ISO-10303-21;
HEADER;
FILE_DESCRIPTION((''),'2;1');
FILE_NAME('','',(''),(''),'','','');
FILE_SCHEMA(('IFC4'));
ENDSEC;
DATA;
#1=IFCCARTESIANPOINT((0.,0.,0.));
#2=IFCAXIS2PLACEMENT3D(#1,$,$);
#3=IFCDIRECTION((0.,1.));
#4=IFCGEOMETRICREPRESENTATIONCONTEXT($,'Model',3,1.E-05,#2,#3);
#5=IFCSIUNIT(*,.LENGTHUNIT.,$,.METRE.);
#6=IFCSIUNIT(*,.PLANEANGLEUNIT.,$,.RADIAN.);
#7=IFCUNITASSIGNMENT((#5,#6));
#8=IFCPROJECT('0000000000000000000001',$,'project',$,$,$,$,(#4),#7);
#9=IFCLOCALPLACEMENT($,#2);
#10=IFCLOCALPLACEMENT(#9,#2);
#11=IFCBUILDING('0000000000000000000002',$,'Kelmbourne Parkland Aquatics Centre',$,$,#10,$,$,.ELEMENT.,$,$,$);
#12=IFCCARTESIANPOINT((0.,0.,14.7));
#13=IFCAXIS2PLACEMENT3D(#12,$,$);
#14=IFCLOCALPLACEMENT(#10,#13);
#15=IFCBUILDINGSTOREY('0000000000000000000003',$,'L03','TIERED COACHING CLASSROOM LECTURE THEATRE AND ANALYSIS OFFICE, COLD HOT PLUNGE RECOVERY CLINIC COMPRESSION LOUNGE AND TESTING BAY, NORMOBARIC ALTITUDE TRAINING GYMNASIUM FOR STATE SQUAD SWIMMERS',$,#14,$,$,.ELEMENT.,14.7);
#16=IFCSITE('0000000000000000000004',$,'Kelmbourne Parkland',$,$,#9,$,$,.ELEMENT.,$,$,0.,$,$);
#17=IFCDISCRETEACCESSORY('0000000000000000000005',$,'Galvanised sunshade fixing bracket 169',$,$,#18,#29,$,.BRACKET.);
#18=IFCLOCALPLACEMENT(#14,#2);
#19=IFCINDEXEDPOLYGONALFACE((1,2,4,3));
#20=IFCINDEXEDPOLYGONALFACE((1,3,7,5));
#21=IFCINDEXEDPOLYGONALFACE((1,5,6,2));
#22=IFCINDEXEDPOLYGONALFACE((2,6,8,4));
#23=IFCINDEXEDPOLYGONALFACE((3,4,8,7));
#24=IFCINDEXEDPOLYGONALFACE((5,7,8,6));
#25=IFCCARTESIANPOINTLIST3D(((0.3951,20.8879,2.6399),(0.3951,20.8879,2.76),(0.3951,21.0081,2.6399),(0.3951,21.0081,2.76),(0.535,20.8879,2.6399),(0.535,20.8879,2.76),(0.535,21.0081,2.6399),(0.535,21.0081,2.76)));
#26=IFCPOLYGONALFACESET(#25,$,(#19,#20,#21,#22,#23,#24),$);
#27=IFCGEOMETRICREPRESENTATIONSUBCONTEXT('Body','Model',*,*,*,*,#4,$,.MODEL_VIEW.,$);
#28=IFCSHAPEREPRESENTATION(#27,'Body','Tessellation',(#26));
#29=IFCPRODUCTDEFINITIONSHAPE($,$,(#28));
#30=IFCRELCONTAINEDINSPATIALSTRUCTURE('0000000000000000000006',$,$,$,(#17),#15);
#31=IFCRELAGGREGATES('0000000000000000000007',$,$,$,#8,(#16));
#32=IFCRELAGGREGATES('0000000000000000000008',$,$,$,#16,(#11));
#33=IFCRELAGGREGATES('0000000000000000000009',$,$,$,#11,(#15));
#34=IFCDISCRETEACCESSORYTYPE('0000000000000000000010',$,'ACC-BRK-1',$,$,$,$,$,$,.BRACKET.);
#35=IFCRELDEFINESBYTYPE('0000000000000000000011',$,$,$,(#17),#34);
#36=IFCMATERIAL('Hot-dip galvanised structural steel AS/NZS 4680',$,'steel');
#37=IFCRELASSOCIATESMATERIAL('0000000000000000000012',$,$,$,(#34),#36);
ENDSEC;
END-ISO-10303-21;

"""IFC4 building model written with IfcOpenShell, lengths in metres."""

from ifc_helpers import new_model, si_unit, direction, frame, origin, origin_2d, place, context, subcontext, project, spatial, rectangle, extrude, material, type_object, element, save


model = new_model("IFC4")

# Units and contexts
model_context = context("Model", 3, precision=1e-05, world=origin(), true_north=direction((0.0, 1.0)))
body_context = subcontext(model_context, "Body", "Model", "MODEL_VIEW")
ifc_project = project(units=[si_unit("LENGTHUNIT", "METRE"), si_unit("PLANEANGLEUNIT", "RADIAN")], contexts=[model_context])

# Site, building, storey
site_placement = place(None, origin())
site = spatial("IfcSite", under=ifc_project, at=site_placement, Name="Kelmbourne Parkland", CompositionType="ELEMENT", RefElevation=0.0)
building_placement = place(site_placement, origin())
building = spatial("IfcBuilding", under=site, at=building_placement, Name="Kelmbourne Parkland Aquatics Centre", CompositionType="ELEMENT")
storey_placement = place(building_placement, frame((0.0, 0.0, 14.7)))
storey = spatial("IfcBuildingStorey", under=building, at=storey_placement, Name="L03", Description="TIERED COACHING CLASSROOM LECTURE THEATRE AND ANALYSIS OFFICE, COLD HOT PLUNGE RECOVERY CLINIC COMPRESSION LOUNGE AND TESTING BAY, NORMOBARIC ALTITUDE TRAINING GYMNASIUM FOR STATE SQUAD SWIMMERS", CompositionType="ELEMENT", Elevation=14.7)

# Discrete accessory
ifc_material_1 = material(Name="Hot-dip galvanised structural steel AS/NZS 4680", Category="steel")
discrete_accessory_type = type_object("IfcDiscreteAccessoryType", Name="ACC-BRK-1", PredefinedType="BRACKET", material=ifc_material_1)
for number, where, z_axis, x_axis, name in (
    (1, (0.4651, 20.948, 2.6399), (0.0, 0.0, 1.0), (0.0, 1.0, 0.0), "Galvanised sunshade fixing bracket 169"),
):
    element("IfcDiscreteAccessory", number, at=place(storey_placement, frame(where, z_axis=z_axis, x_axis=x_axis)), inside=storey, type_object=discrete_accessory_type, Name=name, PredefinedType="BRACKET", context=body_context, shape_type="SweptSolid", body=[
        extrude(rectangle(XDim=0.1201, YDim=0.1399, at=origin_2d()), origin(), (0.0, 0.0, 1.0), 0.1201),
    ])

save(model, "model.ifc")
